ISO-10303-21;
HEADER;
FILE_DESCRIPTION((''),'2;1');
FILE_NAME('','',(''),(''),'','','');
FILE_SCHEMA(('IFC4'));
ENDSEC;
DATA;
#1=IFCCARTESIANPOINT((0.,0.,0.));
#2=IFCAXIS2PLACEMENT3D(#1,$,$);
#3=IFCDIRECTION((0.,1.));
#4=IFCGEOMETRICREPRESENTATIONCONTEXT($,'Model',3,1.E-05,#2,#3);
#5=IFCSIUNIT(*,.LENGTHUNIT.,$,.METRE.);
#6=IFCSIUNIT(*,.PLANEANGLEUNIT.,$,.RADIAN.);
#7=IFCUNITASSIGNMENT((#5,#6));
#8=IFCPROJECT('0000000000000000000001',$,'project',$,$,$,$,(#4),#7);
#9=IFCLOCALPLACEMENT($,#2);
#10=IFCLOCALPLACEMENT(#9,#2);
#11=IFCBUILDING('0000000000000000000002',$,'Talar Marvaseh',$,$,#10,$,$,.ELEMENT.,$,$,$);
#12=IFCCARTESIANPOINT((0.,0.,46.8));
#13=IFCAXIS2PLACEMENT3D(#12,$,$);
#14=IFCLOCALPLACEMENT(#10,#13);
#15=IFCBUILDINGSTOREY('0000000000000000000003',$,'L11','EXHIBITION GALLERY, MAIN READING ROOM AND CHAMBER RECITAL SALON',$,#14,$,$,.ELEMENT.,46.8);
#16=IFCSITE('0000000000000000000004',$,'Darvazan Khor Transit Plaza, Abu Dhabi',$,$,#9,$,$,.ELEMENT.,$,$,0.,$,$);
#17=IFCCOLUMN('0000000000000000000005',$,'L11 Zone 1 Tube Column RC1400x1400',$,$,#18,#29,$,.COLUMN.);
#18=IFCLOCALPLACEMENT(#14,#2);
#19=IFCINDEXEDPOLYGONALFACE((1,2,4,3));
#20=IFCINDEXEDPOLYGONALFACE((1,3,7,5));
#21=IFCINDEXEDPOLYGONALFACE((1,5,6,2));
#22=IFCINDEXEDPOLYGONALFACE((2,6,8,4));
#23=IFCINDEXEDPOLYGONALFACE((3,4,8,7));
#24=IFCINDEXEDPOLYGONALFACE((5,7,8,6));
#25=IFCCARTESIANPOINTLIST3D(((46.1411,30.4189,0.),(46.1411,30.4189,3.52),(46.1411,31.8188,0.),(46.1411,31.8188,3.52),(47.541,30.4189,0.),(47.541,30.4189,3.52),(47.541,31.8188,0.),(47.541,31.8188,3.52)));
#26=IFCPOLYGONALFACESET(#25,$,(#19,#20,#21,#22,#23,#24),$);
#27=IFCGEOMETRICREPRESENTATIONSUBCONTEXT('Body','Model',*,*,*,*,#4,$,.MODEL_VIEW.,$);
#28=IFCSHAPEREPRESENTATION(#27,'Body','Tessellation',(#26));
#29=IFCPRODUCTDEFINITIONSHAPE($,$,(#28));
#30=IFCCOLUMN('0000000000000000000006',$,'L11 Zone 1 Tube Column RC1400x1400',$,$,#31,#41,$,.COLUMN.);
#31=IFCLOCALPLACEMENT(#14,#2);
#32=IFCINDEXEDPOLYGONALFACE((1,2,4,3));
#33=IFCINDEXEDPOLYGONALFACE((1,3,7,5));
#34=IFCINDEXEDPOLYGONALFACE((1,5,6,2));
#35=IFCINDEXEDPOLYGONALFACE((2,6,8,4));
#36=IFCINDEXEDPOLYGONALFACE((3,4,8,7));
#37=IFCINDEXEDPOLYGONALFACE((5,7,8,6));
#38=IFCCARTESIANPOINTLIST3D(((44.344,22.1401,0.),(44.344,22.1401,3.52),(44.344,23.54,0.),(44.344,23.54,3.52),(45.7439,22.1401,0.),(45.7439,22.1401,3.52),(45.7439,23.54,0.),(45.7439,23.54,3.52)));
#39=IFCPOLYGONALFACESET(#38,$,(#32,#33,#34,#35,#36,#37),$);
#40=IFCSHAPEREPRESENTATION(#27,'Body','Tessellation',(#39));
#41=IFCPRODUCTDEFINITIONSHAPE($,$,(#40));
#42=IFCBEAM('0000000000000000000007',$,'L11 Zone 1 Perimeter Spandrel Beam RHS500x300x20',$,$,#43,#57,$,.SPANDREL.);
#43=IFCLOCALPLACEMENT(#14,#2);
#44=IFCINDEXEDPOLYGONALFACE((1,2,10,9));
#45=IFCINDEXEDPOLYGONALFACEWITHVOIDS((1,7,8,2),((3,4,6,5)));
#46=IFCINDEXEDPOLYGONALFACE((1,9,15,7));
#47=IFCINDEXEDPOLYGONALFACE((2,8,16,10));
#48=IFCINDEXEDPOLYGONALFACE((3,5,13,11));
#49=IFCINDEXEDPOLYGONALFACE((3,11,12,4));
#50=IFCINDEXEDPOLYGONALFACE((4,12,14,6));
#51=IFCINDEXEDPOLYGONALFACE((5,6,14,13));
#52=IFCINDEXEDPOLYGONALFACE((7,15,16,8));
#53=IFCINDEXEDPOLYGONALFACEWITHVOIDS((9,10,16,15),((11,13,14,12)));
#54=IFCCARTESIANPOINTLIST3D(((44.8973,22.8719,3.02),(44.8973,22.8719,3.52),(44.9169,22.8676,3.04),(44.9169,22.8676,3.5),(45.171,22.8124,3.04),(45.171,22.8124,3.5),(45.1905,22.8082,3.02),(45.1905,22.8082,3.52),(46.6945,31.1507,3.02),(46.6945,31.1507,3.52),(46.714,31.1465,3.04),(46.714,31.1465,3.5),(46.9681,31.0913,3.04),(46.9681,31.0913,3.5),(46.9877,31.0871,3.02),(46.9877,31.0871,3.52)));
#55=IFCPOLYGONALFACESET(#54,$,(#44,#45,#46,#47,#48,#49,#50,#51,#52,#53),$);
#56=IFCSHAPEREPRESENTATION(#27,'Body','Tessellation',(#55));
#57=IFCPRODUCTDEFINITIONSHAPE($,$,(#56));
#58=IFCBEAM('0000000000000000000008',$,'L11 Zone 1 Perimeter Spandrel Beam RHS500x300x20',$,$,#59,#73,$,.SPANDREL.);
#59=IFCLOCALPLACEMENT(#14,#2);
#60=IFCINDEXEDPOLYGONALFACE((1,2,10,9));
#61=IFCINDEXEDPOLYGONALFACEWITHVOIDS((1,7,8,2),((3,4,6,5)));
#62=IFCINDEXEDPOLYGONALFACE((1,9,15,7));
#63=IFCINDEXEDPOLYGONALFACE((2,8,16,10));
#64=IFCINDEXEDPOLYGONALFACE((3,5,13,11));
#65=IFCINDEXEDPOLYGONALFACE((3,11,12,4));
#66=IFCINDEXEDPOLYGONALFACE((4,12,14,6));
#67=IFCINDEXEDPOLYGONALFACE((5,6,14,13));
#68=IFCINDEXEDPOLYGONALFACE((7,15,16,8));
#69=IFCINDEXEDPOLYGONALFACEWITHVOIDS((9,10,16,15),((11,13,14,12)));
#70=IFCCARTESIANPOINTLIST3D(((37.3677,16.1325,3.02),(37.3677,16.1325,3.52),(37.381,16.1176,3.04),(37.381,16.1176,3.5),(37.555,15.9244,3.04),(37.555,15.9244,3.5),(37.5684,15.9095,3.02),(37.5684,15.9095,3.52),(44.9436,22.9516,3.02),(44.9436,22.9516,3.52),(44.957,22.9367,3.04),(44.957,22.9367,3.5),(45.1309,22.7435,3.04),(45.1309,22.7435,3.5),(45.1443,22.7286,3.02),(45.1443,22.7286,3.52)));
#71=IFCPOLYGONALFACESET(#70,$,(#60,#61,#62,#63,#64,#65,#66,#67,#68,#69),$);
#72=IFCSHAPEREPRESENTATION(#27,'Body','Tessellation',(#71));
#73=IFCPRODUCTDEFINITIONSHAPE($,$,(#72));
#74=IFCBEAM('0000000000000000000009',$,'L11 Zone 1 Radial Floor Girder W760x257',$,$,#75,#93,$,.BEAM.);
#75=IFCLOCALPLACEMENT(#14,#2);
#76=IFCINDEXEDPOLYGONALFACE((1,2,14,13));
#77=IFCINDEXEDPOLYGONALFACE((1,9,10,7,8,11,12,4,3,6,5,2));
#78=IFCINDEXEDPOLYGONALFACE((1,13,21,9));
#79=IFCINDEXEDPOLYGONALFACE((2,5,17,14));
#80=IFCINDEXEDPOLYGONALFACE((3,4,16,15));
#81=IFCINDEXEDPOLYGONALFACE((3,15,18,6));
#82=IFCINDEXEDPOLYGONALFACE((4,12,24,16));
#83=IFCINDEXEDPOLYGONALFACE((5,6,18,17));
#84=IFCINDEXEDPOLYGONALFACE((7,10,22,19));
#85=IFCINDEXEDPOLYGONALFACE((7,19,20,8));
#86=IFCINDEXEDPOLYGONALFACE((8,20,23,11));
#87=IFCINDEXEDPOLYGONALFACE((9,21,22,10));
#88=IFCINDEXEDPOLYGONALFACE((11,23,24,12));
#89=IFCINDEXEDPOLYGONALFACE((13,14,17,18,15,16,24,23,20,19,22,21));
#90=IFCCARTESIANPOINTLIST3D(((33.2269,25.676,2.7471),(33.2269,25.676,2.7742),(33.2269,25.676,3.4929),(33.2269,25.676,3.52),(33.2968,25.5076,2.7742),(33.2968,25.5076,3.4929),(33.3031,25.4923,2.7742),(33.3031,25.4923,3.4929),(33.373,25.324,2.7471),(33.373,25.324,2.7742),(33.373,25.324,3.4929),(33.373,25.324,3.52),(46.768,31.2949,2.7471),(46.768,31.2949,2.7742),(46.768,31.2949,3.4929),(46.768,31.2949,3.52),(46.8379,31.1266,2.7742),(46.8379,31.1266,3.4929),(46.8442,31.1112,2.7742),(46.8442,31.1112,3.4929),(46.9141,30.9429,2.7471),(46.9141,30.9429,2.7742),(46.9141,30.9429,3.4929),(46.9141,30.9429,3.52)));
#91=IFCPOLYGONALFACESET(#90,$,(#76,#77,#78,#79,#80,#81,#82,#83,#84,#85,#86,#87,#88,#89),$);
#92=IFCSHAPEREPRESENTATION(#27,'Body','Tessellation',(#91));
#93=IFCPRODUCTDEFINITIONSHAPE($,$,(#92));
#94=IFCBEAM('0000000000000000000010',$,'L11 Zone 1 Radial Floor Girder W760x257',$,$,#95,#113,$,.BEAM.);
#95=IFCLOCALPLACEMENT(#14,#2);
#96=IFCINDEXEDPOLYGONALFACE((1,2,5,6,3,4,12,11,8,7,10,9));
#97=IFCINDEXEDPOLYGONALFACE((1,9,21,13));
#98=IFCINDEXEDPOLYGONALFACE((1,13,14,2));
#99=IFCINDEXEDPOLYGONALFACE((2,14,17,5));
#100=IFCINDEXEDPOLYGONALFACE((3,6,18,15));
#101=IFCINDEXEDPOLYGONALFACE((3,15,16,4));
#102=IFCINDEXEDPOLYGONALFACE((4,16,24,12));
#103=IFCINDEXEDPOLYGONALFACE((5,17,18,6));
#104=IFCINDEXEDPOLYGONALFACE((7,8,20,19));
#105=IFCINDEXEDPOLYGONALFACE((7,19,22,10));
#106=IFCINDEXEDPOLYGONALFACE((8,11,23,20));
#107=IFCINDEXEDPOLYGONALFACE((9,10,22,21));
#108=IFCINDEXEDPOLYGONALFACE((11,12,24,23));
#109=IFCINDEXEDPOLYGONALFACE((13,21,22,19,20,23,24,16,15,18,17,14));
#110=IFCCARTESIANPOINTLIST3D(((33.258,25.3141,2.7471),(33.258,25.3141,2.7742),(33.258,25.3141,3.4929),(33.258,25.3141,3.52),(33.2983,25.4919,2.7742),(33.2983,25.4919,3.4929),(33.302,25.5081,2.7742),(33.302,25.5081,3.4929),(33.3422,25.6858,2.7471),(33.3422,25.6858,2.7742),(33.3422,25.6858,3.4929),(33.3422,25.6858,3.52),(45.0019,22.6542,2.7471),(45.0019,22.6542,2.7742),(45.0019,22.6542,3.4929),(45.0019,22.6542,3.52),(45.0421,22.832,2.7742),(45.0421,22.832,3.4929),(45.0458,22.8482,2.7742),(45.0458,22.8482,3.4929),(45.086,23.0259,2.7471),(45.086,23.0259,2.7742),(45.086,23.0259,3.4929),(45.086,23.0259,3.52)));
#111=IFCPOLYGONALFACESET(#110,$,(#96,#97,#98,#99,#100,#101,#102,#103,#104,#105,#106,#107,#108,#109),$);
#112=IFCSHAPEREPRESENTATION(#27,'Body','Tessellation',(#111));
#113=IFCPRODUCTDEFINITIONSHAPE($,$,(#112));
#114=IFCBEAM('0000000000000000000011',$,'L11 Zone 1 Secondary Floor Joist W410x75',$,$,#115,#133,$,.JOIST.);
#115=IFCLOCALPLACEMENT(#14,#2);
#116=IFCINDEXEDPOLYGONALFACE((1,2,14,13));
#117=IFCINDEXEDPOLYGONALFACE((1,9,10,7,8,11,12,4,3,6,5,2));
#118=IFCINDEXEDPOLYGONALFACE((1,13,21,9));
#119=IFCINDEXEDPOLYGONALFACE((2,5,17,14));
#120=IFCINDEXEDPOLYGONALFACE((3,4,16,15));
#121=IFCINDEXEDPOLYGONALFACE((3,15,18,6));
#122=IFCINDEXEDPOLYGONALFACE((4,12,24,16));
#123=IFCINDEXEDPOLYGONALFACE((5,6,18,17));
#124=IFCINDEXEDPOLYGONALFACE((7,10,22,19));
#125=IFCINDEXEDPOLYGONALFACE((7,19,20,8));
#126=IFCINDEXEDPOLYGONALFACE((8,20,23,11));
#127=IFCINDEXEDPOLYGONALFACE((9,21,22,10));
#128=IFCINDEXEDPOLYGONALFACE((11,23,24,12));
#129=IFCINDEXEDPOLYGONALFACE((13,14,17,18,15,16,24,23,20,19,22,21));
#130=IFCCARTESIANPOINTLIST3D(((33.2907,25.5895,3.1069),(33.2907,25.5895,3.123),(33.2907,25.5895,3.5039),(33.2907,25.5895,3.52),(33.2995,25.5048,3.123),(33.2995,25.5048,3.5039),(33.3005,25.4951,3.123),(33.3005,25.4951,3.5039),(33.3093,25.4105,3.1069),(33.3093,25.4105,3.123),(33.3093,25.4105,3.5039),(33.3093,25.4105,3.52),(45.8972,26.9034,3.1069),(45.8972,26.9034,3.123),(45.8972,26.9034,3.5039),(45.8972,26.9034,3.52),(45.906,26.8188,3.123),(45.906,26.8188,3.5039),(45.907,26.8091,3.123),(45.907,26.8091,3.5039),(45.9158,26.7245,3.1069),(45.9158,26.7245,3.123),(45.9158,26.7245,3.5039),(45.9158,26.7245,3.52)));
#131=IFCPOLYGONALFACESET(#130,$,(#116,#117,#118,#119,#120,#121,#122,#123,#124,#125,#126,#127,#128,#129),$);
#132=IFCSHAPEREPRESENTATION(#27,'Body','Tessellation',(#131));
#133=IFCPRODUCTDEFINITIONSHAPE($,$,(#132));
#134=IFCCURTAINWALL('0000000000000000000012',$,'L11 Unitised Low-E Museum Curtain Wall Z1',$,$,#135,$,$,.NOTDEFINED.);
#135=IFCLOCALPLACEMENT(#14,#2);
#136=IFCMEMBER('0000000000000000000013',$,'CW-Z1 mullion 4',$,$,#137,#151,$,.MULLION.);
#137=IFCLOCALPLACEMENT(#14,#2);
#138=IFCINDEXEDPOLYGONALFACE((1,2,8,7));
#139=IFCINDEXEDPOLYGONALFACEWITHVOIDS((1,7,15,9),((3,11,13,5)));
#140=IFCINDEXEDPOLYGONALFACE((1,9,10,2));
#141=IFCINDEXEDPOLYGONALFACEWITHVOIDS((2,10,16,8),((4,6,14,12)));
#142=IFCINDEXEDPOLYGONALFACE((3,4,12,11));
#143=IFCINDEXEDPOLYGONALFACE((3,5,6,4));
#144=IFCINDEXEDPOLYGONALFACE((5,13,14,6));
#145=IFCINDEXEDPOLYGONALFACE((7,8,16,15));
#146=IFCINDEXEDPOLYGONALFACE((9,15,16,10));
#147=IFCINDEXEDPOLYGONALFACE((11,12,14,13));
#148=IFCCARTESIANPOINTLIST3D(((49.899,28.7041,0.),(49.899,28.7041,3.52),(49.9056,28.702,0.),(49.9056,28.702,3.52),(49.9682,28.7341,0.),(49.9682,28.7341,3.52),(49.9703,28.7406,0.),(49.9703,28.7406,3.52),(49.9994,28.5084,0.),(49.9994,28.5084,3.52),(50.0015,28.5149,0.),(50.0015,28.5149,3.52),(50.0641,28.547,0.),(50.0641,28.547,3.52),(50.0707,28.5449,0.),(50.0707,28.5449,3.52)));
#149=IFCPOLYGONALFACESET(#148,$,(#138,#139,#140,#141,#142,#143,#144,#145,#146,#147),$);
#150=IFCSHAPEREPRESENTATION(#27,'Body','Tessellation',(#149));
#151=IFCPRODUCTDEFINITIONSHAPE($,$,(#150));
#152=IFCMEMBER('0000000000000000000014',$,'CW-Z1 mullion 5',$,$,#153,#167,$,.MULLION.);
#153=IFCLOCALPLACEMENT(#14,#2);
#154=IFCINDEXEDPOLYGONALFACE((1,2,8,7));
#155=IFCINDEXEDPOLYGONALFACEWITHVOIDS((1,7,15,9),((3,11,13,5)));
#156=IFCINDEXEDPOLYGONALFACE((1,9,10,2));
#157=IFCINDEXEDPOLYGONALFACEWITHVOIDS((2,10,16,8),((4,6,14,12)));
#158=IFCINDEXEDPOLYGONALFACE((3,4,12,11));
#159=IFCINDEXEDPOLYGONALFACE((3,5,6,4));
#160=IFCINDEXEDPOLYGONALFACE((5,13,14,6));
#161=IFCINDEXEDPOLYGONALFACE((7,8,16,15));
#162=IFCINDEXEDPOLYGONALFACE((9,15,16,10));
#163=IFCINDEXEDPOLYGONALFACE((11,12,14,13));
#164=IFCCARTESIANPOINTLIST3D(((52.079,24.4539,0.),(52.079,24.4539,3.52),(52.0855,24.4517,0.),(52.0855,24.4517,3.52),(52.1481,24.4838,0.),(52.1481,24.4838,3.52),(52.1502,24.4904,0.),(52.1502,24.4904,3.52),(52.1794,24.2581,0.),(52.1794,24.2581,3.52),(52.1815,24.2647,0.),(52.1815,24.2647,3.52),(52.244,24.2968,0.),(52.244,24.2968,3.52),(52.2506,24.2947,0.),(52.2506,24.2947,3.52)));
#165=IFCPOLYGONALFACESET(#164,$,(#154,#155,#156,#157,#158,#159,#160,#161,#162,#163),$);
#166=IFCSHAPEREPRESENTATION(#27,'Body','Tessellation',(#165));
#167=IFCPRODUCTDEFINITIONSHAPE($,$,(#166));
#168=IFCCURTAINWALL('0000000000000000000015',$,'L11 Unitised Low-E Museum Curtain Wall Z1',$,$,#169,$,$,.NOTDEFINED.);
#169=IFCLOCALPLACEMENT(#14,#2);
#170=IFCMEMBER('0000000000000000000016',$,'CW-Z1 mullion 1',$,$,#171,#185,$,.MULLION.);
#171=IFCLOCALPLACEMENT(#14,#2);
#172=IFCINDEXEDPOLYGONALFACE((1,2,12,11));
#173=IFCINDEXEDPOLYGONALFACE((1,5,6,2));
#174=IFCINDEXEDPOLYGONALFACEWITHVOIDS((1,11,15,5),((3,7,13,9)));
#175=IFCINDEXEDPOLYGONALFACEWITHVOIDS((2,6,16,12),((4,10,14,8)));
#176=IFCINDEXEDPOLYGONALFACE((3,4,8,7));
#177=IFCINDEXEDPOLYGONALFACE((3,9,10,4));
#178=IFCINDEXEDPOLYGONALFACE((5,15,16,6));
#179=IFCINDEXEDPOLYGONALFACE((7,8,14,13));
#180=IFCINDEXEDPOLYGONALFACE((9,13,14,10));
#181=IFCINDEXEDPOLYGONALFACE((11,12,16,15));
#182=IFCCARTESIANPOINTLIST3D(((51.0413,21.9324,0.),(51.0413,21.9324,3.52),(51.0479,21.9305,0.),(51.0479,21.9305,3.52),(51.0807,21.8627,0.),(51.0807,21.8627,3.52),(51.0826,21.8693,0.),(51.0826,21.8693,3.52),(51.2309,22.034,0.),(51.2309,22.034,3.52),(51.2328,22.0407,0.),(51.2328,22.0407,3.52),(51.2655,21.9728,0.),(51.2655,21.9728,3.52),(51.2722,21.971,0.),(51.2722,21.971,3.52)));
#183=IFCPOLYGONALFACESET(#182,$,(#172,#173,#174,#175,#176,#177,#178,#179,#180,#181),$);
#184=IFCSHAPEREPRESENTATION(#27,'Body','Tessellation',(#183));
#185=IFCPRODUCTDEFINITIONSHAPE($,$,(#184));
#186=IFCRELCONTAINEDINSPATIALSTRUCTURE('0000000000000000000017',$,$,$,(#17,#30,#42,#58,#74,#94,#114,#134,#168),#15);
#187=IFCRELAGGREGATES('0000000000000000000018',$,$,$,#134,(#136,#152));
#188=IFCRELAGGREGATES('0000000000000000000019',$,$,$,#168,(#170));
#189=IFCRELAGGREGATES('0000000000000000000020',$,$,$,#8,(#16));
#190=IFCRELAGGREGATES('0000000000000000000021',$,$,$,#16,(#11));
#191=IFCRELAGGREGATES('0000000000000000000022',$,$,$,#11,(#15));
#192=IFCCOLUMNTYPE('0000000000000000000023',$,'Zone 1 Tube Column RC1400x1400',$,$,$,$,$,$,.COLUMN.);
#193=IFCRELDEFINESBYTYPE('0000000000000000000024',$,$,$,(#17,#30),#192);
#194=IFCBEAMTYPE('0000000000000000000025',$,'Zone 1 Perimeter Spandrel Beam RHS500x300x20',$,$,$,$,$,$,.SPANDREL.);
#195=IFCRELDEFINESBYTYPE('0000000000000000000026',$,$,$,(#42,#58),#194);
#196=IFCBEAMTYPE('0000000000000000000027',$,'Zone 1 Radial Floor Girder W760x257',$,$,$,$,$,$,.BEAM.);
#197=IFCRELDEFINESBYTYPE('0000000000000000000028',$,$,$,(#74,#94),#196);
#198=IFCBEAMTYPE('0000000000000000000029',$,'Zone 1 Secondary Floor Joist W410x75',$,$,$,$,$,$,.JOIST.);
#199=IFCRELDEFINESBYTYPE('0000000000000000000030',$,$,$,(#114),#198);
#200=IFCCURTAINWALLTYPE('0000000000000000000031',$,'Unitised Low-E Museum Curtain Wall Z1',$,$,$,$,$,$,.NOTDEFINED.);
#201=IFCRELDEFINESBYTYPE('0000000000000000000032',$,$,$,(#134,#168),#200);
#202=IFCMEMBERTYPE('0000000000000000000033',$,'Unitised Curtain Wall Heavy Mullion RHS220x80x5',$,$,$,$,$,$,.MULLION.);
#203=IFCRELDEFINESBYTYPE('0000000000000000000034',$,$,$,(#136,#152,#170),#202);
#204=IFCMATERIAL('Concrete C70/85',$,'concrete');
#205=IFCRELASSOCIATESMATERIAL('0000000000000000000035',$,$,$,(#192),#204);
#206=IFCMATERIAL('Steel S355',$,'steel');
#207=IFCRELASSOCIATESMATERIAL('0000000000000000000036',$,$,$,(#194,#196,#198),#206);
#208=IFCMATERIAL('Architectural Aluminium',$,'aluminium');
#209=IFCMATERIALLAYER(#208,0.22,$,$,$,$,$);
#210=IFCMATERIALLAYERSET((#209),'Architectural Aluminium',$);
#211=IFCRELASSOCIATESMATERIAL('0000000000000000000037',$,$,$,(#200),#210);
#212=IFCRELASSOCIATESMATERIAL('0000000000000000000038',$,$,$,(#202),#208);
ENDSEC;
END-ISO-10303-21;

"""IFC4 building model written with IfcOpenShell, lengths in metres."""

from ifc_helpers import new_model, si_unit, direction, frame, origin, origin_2d, place, context, subcontext, project, spatial, rectangle, hollow_rectangle, i_section, extrude, source, transform, mapped, material, layer, layer_set, material_profile, profile_set, type_object, type_shapes, element, aggregate, save


model = new_model("IFC4")

# Units and contexts
model_context = context("Model", 3, precision=1e-05, world=origin(), true_north=direction((0.0, 1.0)))
body_context = subcontext(model_context, "Body", "Model", "MODEL_VIEW")
ifc_project = project(units=[si_unit("LENGTHUNIT", "METRE"), si_unit("PLANEANGLEUNIT", "RADIAN")], contexts=[model_context])

# Site, building, storey
site_placement = place(None, origin())
site = spatial("IfcSite", under=ifc_project, at=site_placement, Name="Darvazan Khor Transit Plaza, Abu Dhabi", CompositionType="ELEMENT", RefElevation=0.0)
building_placement = place(site_placement, origin())
building = spatial("IfcBuilding", under=site, at=building_placement, Name="Talar Marvaseh", CompositionType="ELEMENT")
storey_placement = place(building_placement, frame((0.0, 0.0, 46.8)))
storey = spatial("IfcBuildingStorey", under=building, at=storey_placement, Name="L11", Description="EXHIBITION GALLERY, MAIN READING ROOM AND CHAMBER RECITAL SALON", CompositionType="ELEMENT", Elevation=46.8)

# Columns
ifc_material_1 = material(Name="Concrete C70/85", Category="concrete")
ifc_material_profile_1 = material_profile(ifc_material_1, rectangle(XDim=1.3999, YDim=1.3999, at=origin_2d()), Name="RC1400x1400")
ifc_profile_set_1 = profile_set([ifc_material_profile_1], Name="Concrete C70/85")
column_type = type_object("IfcColumnType", Name="Zone 1 Tube Column RC1400x1400", PredefinedType="COLUMN", material=ifc_profile_set_1)
for number, where, z_axis, x_axis, name in (
    (1, (46.8411, 31.1189, 0.0), (0.0, 0.0, 1.0), (1.0, 0.0, 0.0), "L11 Zone 1 Tube Column RC1400x1400"),
    (2, (45.0439, 22.8401, 0.0), (0.0, 0.0, 1.0), (1.0, 0.0, 0.0), "L11 Zone 1 Tube Column RC1400x1400"),
):
    element("IfcColumn", number, at=place(storey_placement, frame(where, z_axis=z_axis, x_axis=x_axis)), inside=storey, type_object=column_type, Name=name, PredefinedType="COLUMN", context=body_context, shape_type="SweptSolid", body=[
        extrude(rectangle(XDim=1.3999, YDim=1.3999, at=origin_2d()), origin(), (0.0, 0.0, 1.0), 3.52),
    ])

# Beams
ifc_material_2 = material(Name="Steel S355", Category="steel")
ifc_material_profile_2 = material_profile(ifc_material_2, hollow_rectangle(XDim=0.3, YDim=0.5, WallThickness=0.02, at=origin_2d()), Name="RHS500x300x20")
ifc_profile_set_2 = profile_set([ifc_material_profile_2], Name="Steel S355")
beam_type_1 = type_object("IfcBeamType", Name="Zone 1 Perimeter Spandrel Beam RHS500x300x20", PredefinedType="SPANDREL", material=ifc_profile_set_2)
beam_1_placement = place(storey_placement, frame((46.8411, 31.1189, 3.27), z_axis=(-0.212134, -0.977241, 0.0), x_axis=(0.977241, -0.212134, 0.0)))
element("IfcBeam", 3, at=beam_1_placement, inside=storey, type_object=beam_type_1, Name="L11 Zone 1 Perimeter Spandrel Beam RHS500x300x20", PredefinedType="SPANDREL", context=body_context, shape_type="SweptSolid", body=[
    extrude(hollow_rectangle(XDim=0.3, YDim=0.5, WallThickness=0.02, at=origin_2d()), origin(), (0.0, 0.0, 1.0), 8.4717),
])
beam_2_placement = place(storey_placement, frame((45.0439, 22.8401, 3.27), z_axis=(-0.743257, -0.669006, 0.0), x_axis=(0.669006, -0.743257, 0.0)))
element("IfcBeam", 4, at=beam_2_placement, inside=storey, type_object=beam_type_1, Name="L11 Zone 1 Perimeter Spandrel Beam RHS500x300x20", PredefinedType="SPANDREL", context=body_context, shape_type="SweptSolid", body=[
    extrude(hollow_rectangle(XDim=0.3, YDim=0.5, WallThickness=0.02, at=origin_2d()), origin(), (0.0, 0.0, 1.0), 10.1929),
])
ifc_material_profile_3 = material_profile(ifc_material_2, i_section(OverallWidth=0.3811, OverallDepth=0.7729, WebThickness=0.0166, FlangeThickness=0.0271, at=origin_2d()), Name="W760x257")
ifc_profile_set_3 = profile_set([ifc_material_profile_3], Name="Steel S355")
beam_type_2 = type_object("IfcBeamType", Name="Zone 1 Radial Floor Girder W760x257", PredefinedType="BEAM", material=ifc_profile_set_3)
beam_3_placement = place(storey_placement, frame((46.8411, 31.1189, 3.1335), z_axis=(-0.923638, -0.383267, 0.0), x_axis=(0.383267, -0.923638, 0.0)))
element("IfcBeam", 5, at=beam_3_placement, inside=storey, type_object=beam_type_2, Name="L11 Zone 1 Radial Floor Girder W760x257", PredefinedType="BEAM", context=body_context, shape_type="SweptSolid", body=[
    extrude(i_section(OverallWidth=0.3811, OverallDepth=0.7729, WebThickness=0.0166, FlangeThickness=0.0271, at=origin_2d()), origin(), (0.0, 0.0, 1.0), 14.6606),
])
beam_4_placement = place(storey_placement, frame((45.0439, 22.8401, 3.1335), z_axis=(-0.975297, 0.220898, 0.0), x_axis=(-0.220898, -0.975297, 0.0)))
element("IfcBeam", 6, at=beam_4_placement, inside=storey, type_object=beam_type_2, Name="L11 Zone 1 Radial Floor Girder W760x257", PredefinedType="BEAM", context=body_context, shape_type="SweptSolid", body=[
    extrude(i_section(OverallWidth=0.3811, OverallDepth=0.7729, WebThickness=0.0166, FlangeThickness=0.0271, at=origin_2d()), origin(), (0.0, 0.0, 1.0), 12.0413),
])
ifc_material_profile_4 = material_profile(ifc_material_2, i_section(OverallWidth=0.1799, OverallDepth=0.4131, WebThickness=0.0098, FlangeThickness=0.0161, at=origin_2d()), Name="W410x75")
ifc_profile_set_4 = profile_set([ifc_material_profile_4], Name="Steel S355")
beam_type_3 = type_object("IfcBeamType", Name="Zone 1 Secondary Floor Joist W410x75", PredefinedType="JOIST", material=ifc_profile_set_4)
beam_5_placement = place(storey_placement, frame((45.9065, 26.814, 3.3135), z_axis=(-0.994612, -0.103668, 0.0), x_axis=(0.103668, -0.994612, 0.0)))
element("IfcBeam", 7, at=beam_5_placement, inside=storey, type_object=beam_type_3, Name="L11 Zone 1 Secondary Floor Joist W410x75", PredefinedType="JOIST", context=body_context, shape_type="SweptSolid", body=[
    extrude(i_section(OverallWidth=0.1799, OverallDepth=0.4131, WebThickness=0.0098, FlangeThickness=0.0161, at=origin_2d()), origin(), (0.0, 0.0, 1.0), 12.6748),
])

# Curtain walls, members
ifc_material_3 = material(Name="Architectural Aluminium", Category="aluminium")
ifc_layer_1 = layer(ifc_material_3, 0.22)
ifc_layer_set_1 = layer_set([ifc_layer_1], Name="Architectural Aluminium")
curtain_wall_type = type_object("IfcCurtainWallType", Name="Unitised Low-E Museum Curtain Wall Z1", PredefinedType="NOTDEFINED", material=ifc_layer_set_1)
curtain_wall_1_placement = place(storey_placement, origin())
curtain_wall_1 = element("IfcCurtainWall", 8, at=curtain_wall_1_placement, inside=storey, type_object=curtain_wall_type, Name="L11 Unitised Low-E Museum Curtain Wall Z1", PredefinedType="NOTDEFINED")
ifc_material_profile_5 = material_profile(ifc_material_3, hollow_rectangle(XDim=0.0801, YDim=0.22, WallThickness=0.0049, at=origin_2d()), Name="RHS220x80x5")
ifc_profile_set_5 = profile_set([ifc_material_profile_5], Name="Architectural Aluminium")
member_type_1 = type_object("IfcMemberType", Name="Unitised Curtain Wall Heavy Mullion RHS220x80x5", PredefinedType="MULLION", material=ifc_profile_set_5)
shared_shape_1 = source(origin(), body_context, "Body", "SweptSolid", [
    extrude(hollow_rectangle(XDim=0.0801, YDim=0.22, WallThickness=0.0049, at=origin_2d()), origin(), (0.0, 0.0, 1.0), 3.52),
])
type_shapes(member_type_1, [shared_shape_1])
member_1_placement = place(storey_placement, frame((49.9849, 28.6245, 0.0), z_axis=(0.0, 0.0, 1.0), x_axis=(0.889785, 0.456379, 0.0)))
member_1 = element("IfcMember", 9, at=member_1_placement, type_object=member_type_1, Name="CW-Z1 mullion 4", PredefinedType="MULLION", context=body_context, shape_type="MappedRepresentation", body=[
    mapped(shared_shape_1, transform((0.0, 0.0, 0.0), x_axis=(1.0, 0.0, 0.0), y_axis=(0.0, 1.0, 0.0), z_axis=(0.0, 0.0, 1.0), scale=1.0)),
])
member_2_placement = place(storey_placement, frame((52.1648, 24.3743, 0.0), z_axis=(0.0, 0.0, 1.0), x_axis=(0.889785, 0.456379, 0.0)))
member_2 = element("IfcMember", 10, at=member_2_placement, type_object=member_type_1, Name="CW-Z1 mullion 5", PredefinedType="MULLION", context=body_context, shape_type="MappedRepresentation", body=[
    mapped(shared_shape_1, transform((0.0, 0.0, 0.0), x_axis=(1.0, 0.0, 0.0), y_axis=(0.0, 1.0, 0.0), z_axis=(0.0, 0.0, 1.0), scale=1.0)),
])
curtain_wall_2_placement = place(storey_placement, origin())
curtain_wall_2 = element("IfcCurtainWall", 11, at=curtain_wall_2_placement, inside=storey, type_object=curtain_wall_type, Name="L11 Unitised Low-E Museum Curtain Wall Z1", PredefinedType="NOTDEFINED")
member_3_placement = place(storey_placement, frame((51.1567, 21.9517, 0.0), z_axis=(0.0, 0.0, 1.0), x_axis=(0.492291, -0.870431, 0.0)))
member_3 = element("IfcMember", 12, at=member_3_placement, type_object=member_type_1, Name="CW-Z1 mullion 1", PredefinedType="MULLION", context=body_context, shape_type="MappedRepresentation", body=[
    mapped(shared_shape_1, transform((0.0, 0.0, 0.0), x_axis=(1.0, 0.0, 0.0), y_axis=(0.0, 1.0, 0.0), z_axis=(0.0, 0.0, 1.0), scale=1.0)),
])

aggregate(curtain_wall_1, [member_1, member_2])
aggregate(curtain_wall_2, [member_3])

save(model, "model.ifc")
